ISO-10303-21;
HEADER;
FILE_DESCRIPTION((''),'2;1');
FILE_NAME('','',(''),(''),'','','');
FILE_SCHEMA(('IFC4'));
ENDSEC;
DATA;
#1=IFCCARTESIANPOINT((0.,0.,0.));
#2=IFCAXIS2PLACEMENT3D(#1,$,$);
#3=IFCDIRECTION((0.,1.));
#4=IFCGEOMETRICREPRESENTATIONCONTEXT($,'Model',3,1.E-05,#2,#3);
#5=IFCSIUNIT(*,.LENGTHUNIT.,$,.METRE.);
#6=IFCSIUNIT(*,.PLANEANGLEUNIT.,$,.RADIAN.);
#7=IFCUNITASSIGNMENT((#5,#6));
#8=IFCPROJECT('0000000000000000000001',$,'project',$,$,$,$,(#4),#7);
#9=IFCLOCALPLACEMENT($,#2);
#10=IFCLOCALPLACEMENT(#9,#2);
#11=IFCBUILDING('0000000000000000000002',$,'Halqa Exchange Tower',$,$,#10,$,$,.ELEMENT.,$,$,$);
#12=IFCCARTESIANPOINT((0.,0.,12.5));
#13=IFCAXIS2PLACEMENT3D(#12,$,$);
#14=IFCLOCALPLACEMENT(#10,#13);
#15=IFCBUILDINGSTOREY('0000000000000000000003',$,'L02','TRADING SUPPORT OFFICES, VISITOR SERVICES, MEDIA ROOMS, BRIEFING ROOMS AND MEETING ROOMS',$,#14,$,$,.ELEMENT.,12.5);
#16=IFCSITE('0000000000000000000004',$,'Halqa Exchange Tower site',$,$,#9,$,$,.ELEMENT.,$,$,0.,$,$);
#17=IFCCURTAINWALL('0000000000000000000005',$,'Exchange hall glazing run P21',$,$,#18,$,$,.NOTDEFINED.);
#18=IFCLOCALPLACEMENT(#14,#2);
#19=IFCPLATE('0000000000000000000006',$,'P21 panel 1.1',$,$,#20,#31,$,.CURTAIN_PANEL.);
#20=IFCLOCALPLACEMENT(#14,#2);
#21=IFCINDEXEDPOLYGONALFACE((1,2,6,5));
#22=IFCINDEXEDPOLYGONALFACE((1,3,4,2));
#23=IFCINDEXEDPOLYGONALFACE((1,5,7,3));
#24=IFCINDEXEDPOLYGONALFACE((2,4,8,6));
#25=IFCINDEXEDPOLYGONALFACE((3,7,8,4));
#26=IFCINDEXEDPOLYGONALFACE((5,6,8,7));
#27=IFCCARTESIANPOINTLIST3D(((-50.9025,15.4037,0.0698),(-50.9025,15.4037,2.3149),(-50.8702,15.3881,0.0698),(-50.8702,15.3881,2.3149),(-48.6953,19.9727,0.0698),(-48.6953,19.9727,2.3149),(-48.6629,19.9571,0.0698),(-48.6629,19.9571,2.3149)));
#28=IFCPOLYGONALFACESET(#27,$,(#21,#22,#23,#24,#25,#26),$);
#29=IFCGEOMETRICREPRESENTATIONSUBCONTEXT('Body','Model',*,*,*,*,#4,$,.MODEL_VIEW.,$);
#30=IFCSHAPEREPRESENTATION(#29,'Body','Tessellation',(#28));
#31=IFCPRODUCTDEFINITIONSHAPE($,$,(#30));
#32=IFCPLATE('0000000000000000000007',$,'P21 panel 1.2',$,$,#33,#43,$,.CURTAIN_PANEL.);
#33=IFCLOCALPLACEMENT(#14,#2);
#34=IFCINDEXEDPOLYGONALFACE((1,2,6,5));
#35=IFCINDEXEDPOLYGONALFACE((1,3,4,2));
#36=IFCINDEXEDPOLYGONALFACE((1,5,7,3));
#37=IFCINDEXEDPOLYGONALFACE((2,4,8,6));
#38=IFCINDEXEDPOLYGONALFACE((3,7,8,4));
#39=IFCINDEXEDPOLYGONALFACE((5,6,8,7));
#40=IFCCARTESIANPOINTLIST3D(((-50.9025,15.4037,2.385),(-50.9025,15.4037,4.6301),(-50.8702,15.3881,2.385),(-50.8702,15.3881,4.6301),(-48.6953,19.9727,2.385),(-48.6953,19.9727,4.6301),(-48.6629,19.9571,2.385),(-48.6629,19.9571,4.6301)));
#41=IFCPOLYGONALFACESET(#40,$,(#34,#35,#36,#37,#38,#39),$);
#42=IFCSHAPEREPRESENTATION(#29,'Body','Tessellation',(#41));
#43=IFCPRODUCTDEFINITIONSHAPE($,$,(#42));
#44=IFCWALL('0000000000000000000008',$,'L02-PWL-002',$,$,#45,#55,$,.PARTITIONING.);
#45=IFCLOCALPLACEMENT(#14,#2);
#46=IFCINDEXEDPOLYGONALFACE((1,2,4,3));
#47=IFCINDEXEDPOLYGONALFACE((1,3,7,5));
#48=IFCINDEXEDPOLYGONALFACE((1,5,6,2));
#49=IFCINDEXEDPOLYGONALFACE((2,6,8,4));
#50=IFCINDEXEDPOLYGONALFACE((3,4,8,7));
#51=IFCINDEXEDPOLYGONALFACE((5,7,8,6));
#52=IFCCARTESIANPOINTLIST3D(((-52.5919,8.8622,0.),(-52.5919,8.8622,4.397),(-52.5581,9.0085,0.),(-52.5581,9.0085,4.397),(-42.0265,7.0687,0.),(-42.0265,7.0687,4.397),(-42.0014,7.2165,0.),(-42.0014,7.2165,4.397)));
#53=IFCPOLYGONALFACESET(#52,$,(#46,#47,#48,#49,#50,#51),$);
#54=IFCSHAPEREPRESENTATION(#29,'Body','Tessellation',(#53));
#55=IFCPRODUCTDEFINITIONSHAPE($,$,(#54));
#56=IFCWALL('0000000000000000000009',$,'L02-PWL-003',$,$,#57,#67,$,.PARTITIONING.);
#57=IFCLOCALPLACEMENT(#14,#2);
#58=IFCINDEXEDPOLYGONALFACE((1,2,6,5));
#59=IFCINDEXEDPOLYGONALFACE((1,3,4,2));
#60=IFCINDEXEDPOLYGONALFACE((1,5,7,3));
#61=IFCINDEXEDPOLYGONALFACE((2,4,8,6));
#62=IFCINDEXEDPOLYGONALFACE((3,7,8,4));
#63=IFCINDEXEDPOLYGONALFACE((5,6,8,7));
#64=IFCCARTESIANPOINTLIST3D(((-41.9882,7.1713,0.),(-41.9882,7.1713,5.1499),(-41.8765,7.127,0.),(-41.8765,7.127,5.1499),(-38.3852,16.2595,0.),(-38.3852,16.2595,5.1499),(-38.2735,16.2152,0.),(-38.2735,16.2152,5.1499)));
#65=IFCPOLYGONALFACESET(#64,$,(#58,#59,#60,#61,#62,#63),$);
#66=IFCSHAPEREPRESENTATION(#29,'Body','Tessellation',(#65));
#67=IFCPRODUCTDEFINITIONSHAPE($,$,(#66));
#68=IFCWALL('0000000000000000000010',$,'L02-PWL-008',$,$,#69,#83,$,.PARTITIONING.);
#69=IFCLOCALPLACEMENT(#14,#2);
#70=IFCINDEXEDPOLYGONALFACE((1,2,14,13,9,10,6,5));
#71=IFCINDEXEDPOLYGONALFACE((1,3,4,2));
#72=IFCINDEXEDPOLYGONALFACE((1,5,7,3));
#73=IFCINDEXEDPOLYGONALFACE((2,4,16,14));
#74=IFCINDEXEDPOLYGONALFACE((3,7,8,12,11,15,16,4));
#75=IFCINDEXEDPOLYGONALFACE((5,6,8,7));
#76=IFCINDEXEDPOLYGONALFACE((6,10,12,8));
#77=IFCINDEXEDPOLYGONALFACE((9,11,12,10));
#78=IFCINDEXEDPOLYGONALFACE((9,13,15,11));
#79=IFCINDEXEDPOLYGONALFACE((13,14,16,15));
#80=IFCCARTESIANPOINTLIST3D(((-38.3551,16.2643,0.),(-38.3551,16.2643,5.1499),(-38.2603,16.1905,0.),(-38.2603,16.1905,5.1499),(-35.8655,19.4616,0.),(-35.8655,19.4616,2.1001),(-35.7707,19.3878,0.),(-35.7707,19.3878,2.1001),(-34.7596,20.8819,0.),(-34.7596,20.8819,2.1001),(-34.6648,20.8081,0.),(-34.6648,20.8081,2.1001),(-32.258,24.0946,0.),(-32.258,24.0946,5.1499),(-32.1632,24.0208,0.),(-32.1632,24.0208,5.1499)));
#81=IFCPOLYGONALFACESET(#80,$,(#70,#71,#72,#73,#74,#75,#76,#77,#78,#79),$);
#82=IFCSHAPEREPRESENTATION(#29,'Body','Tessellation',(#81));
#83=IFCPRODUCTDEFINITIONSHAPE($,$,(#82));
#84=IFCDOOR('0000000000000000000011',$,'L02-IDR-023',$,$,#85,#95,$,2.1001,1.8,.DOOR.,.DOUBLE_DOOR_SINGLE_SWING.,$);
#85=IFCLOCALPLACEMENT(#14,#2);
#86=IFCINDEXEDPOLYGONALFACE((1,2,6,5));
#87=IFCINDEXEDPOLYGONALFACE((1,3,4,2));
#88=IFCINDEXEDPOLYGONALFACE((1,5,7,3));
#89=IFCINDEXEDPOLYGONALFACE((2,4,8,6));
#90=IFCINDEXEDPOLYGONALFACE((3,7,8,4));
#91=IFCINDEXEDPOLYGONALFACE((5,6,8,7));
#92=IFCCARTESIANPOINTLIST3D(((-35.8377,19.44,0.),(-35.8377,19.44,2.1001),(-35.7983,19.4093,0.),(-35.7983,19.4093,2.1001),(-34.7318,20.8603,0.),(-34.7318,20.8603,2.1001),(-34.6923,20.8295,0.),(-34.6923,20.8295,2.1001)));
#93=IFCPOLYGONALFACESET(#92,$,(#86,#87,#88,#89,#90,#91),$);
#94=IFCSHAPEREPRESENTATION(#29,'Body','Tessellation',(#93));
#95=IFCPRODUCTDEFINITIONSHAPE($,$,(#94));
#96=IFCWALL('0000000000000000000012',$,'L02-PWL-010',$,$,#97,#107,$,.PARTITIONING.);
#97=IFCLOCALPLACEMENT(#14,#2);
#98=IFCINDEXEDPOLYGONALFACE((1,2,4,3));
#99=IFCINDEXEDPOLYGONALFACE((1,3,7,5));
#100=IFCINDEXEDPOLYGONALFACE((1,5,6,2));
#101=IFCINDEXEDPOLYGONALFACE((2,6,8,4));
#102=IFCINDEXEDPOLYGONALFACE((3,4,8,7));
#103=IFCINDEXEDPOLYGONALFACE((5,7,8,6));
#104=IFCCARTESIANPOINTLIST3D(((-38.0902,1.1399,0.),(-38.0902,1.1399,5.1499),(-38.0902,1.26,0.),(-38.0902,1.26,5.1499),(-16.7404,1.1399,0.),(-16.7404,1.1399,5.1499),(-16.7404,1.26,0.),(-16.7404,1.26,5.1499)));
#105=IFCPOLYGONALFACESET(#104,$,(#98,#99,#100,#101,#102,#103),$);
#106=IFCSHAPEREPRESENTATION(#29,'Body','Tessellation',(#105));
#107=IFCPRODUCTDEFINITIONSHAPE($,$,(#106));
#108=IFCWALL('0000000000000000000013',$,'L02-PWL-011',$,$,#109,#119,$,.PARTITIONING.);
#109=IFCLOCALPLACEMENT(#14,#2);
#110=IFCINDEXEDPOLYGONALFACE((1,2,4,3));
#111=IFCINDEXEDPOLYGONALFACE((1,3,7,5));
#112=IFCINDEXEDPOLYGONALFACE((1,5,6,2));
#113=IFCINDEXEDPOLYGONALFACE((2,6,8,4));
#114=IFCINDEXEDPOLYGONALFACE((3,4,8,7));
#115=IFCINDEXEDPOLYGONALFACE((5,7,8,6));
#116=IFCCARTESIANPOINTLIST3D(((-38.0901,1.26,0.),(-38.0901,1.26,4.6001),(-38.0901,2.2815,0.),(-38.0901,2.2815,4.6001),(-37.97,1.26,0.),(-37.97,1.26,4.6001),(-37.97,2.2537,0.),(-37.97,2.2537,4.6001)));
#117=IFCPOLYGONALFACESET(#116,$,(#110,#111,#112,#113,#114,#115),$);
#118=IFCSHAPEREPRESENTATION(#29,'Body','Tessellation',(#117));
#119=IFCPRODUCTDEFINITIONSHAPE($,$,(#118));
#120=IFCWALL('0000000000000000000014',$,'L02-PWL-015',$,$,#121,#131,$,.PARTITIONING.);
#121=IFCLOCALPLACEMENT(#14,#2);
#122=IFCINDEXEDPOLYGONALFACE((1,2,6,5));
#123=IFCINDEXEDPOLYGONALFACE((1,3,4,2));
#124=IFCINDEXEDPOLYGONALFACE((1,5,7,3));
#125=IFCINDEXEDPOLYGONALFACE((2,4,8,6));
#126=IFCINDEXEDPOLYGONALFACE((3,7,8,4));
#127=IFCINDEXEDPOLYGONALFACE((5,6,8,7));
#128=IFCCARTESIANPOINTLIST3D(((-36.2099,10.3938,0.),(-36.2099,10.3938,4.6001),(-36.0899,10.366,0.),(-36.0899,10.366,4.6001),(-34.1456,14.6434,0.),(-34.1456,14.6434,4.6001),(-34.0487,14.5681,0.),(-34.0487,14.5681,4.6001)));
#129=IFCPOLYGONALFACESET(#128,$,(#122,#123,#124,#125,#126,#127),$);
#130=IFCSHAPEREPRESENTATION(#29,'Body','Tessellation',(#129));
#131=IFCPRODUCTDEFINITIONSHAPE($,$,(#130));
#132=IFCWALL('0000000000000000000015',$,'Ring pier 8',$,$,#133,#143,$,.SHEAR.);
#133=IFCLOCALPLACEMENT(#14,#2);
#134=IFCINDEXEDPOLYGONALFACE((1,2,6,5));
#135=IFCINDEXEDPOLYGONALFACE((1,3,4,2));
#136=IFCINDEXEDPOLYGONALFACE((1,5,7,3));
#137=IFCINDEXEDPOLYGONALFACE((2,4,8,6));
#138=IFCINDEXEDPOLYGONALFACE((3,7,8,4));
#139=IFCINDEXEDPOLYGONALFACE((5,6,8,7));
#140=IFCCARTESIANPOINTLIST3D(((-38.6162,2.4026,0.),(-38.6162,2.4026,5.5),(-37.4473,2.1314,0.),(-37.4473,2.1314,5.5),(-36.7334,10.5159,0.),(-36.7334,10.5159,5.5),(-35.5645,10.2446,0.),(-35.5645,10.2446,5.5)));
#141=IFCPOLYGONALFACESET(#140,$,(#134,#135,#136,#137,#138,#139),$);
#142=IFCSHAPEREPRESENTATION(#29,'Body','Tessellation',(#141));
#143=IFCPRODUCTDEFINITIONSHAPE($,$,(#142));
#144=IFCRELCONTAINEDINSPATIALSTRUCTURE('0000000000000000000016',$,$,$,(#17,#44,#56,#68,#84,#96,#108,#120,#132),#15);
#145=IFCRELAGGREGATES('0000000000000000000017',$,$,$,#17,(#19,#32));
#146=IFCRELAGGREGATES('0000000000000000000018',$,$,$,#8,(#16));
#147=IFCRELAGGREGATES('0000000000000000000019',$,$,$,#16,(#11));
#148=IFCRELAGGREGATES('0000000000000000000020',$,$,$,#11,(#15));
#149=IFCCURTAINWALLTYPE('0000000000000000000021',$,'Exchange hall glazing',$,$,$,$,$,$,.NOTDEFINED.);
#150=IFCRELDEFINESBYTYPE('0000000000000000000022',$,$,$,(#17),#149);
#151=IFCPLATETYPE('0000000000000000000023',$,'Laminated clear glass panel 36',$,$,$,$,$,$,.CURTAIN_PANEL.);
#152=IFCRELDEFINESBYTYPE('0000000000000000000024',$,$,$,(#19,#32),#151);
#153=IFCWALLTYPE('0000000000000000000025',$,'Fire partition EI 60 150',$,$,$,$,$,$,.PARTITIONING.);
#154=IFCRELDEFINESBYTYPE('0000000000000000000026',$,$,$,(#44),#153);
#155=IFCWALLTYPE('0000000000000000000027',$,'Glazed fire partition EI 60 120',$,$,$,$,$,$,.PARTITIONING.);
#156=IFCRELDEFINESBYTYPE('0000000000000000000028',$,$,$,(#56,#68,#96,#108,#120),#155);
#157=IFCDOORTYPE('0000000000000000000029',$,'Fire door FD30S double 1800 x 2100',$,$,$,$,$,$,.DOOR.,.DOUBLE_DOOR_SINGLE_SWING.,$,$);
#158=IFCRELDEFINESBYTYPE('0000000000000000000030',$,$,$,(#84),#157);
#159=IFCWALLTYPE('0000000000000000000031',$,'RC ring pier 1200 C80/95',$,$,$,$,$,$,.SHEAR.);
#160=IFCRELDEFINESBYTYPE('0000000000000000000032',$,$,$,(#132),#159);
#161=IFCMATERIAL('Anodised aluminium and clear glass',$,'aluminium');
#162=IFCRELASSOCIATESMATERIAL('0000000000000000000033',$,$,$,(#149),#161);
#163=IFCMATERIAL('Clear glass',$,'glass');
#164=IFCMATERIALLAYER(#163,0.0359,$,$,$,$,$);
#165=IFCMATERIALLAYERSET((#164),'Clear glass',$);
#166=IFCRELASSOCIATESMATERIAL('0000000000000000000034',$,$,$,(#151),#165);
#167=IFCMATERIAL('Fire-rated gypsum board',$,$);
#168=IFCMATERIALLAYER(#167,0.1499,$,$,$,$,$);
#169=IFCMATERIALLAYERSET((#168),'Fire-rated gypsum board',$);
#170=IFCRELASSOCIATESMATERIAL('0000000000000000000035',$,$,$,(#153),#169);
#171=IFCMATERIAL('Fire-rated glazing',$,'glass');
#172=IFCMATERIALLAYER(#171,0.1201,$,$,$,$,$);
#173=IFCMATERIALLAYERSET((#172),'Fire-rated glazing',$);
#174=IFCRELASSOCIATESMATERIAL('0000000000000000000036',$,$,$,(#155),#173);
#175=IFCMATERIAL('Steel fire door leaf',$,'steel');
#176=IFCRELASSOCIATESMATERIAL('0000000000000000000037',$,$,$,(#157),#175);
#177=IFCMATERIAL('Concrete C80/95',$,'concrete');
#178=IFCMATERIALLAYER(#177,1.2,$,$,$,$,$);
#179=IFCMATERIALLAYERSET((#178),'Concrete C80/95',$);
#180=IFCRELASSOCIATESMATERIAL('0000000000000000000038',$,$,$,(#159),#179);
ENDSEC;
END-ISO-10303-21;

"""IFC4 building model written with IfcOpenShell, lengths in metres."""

from ifc_helpers import new_model, si_unit, direction, frame, frame_2d, origin, origin_2d, place, context, subcontext, project, spatial, polyline, rectangle, outline, extrude, material, layer, layer_set, type_object, element, fill, aggregate, save


model = new_model("IFC4")

# Units and contexts
model_context = context("Model", 3, precision=1e-05, world=origin(), true_north=direction((0.0, 1.0)))
body_context = subcontext(model_context, "Body", "Model", "MODEL_VIEW")
ifc_project = project(units=[si_unit("LENGTHUNIT", "METRE"), si_unit("PLANEANGLEUNIT", "RADIAN")], contexts=[model_context])

# Site, building, storey
site_placement = place(None, origin())
site = spatial("IfcSite", under=ifc_project, at=site_placement, Name="Halqa Exchange Tower site", CompositionType="ELEMENT", RefElevation=0.0)
building_placement = place(site_placement, origin())
building = spatial("IfcBuilding", under=site, at=building_placement, Name="Halqa Exchange Tower", CompositionType="ELEMENT")
storey_placement = place(building_placement, frame((0.0, 0.0, 12.5)))
storey = spatial("IfcBuildingStorey", under=building, at=storey_placement, Name="L02", Description="TRADING SUPPORT OFFICES, VISITOR SERVICES, MEDIA ROOMS, BRIEFING ROOMS AND MEETING ROOMS", CompositionType="ELEMENT", Elevation=12.5)

# Curtain wall
ifc_material_1 = material(Name="Anodised aluminium and clear glass", Category="aluminium")
curtain_wall_type = type_object("IfcCurtainWallType", Name="Exchange hall glazing", PredefinedType="NOTDEFINED", material=ifc_material_1)
curtain_wall_placement = place(storey_placement, origin())
curtain_wall = element("IfcCurtainWall", 1, at=curtain_wall_placement, inside=storey, type_object=curtain_wall_type, Name="Exchange hall glazing run P21", PredefinedType="NOTDEFINED")

# Plates
ifc_material_2 = material(Name="Clear glass", Category="glass")
ifc_layer_1 = layer(ifc_material_2, 0.0359)
ifc_layer_set_1 = layer_set([ifc_layer_1], Name="Clear glass")
plate_type = type_object("IfcPlateType", Name="Laminated clear glass panel 36", PredefinedType="CURTAIN_PANEL", material=ifc_layer_set_1)
plate_1_placement = place(storey_placement, frame((-49.7827, 17.6804, 0.0698), z_axis=(0.0, 0.0, 1.0), x_axis=(-0.43499, -0.900435, 0.0)))
plate_1 = element("IfcPlate", 2, at=plate_1_placement, type_object=plate_type, Name="P21 panel 1.1", PredefinedType="CURTAIN_PANEL", context=body_context, shape_type="SweptSolid", body=[
    extrude(rectangle(XDim=5.0742, YDim=0.0359, at=origin_2d()), origin(), (0.0, 0.0, 1.0), 2.2451),
])
plate_2_placement = place(storey_placement, frame((-49.7827, 17.6804, 2.385), z_axis=(0.0, 0.0, 1.0), x_axis=(-0.43499, -0.900435, 0.0)))
plate_2 = element("IfcPlate", 3, at=plate_2_placement, type_object=plate_type, Name="P21 panel 1.2", PredefinedType="CURTAIN_PANEL", context=body_context, shape_type="SweptSolid", body=[
    extrude(rectangle(XDim=5.0742, YDim=0.0359, at=origin_2d()), origin(), (0.0, 0.0, 1.0), 2.2451),
])
aggregate(curtain_wall, [plate_1, plate_2])

# Walls
ifc_material_3 = material(Name="Fire-rated gypsum board")
ifc_layer_2 = layer(ifc_material_3, 0.1499)
ifc_layer_set_2 = layer_set([ifc_layer_2], Name="Fire-rated gypsum board")
wall_type_1 = type_object("IfcWallType", Name="Fire partition EI 60 150", PredefinedType="PARTITIONING", material=ifc_layer_set_2)
wall_1_placement = place(storey_placement, frame((-42.0139, 7.1426, 0.0), z_axis=(0.0, 0.0, 1.0), x_axis=(-0.985897, 0.167355, 0.0)))
element("IfcWall", 4, at=wall_1_placement, inside=storey, type_object=wall_type_1, Name="L02-PWL-002", PredefinedType="PARTITIONING", context=body_context, shape_type="SweptSolid", body=[
    extrude(outline(polyline([(0.0, -0.075), (10.7078, -0.075), (10.7166, 0.075), (0.0, 0.075), (0.0, -0.075)])), origin(), (0.0, 0.0, 1.0), 4.397),
])
ifc_material_4 = material(Name="Fire-rated glazing", Category="glass")
ifc_layer_3 = layer(ifc_material_4, 0.1201)
ifc_layer_set_3 = layer_set([ifc_layer_3], Name="Fire-rated glazing")
wall_type_2 = type_object("IfcWallType", Name="Glazed fire partition EI 60 120", PredefinedType="PARTITIONING", material=ifc_layer_set_3)
wall_2_placement = place(storey_placement, frame((-41.9324, 7.1492, 0.0), z_axis=(0.0, 0.0, 1.0), x_axis=(0.368547, 0.929609, 0.0)))
element("IfcWall", 5, at=wall_2_placement, inside=storey, type_object=wall_type_2, Name="L02-PWL-003", PredefinedType="PARTITIONING", context=body_context, shape_type="SweptSolid", body=[
    extrude(rectangle(XDim=9.7764, YDim=0.1201, at=frame_2d((4.8882, 0.0))), origin(), (0.0, 0.0, 1.0), 5.1499),
])

# Wall, opening, door
wall_3_placement = place(storey_placement, frame((-38.3076, 16.2275, 0.0), z_axis=(0.0, 0.0, 1.0), x_axis=(0.614375, 0.789014, 0.0)))
wall_3 = element("IfcWall", 6, at=wall_3_placement, inside=storey, type_object=wall_type_2, Name="L02-PWL-008", PredefinedType="PARTITIONING", context=body_context, shape_type="SweptSolid", body=[
    extrude(rectangle(XDim=9.9241, YDim=0.1201, at=frame_2d((4.9619, 0.0))), origin(), (0.0, 0.0, 1.0), 5.1499),
])
opening_placement = place(wall_3_placement, frame((4.0522, 0.0, 0.0)))
opening = element("IfcOpeningElement", 7, at=opening_placement, cuts=wall_3, PredefinedType="OPENING", context=body_context, shape_type="SweptSolid", body=[
    extrude(rectangle(XDim=1.8, YDim=2.1001, at=frame_2d((0.8999, 1.05))), frame((0.0, 0.072, 0.0), z_axis=(0.0, -1.0, 0.0), x_axis=(1.0, 0.0, 0.0)), (0.0, 0.0, 1.0), 0.144),
])
ifc_material_5 = material(Name="Steel fire door leaf", Category="steel")
door_type = type_object("IfcDoorType", Name="Fire door FD30S double 1800 x 2100", OperationType="DOUBLE_DOOR_SINGLE_SWING", PredefinedType="DOOR", material=ifc_material_5)
door_placement = place(opening_placement, origin())
door = element("IfcDoor", 8, at=door_placement, inside=storey, type_object=door_type, Name="L02-IDR-023", OperationType="DOUBLE_DOOR_SINGLE_SWING", OverallHeight=2.1001, OverallWidth=1.8, PredefinedType="DOOR", context=body_context, shape_type="SweptSolid", body=[
    extrude(rectangle(XDim=1.8, YDim=2.1001, at=frame_2d((0.8999, 1.05))), frame((0.0, 0.0249, 0.0), z_axis=(0.0, -1.0, 0.0), x_axis=(1.0, 0.0, 0.0)), (0.0, 0.0, 1.0), 0.05),
])
fill(opening, door)

# Walls
wall_4_placement = place(storey_placement, frame((-38.0901, 1.2, 0.0), z_axis=(0.0, 0.0, 1.0), x_axis=(1.0, 0.0, 0.0)))
element("IfcWall", 9, at=wall_4_placement, inside=storey, type_object=wall_type_2, Name="L02-PWL-010", PredefinedType="PARTITIONING", context=body_context, shape_type="SweptSolid", body=[
    extrude(rectangle(XDim=21.3499, YDim=0.1201, at=frame_2d((10.6748, 0.0))), origin(), (0.0, 0.0, 1.0), 5.1499),
])
wall_5_placement = place(storey_placement, frame((-38.03, 2.2676, 0.0), z_axis=(0.0, 0.0, 1.0), x_axis=(0.0, -1.0, 0.0)))
element("IfcWall", 10, at=wall_5_placement, inside=storey, type_object=wall_type_2, Name="L02-PWL-011", PredefinedType="PARTITIONING", context=body_context, shape_type="SweptSolid", body=[
    extrude(outline(polyline([(-0.0139, -0.0601), (1.0076, -0.0601), (1.0076, 0.0601), (0.0139, 0.0601), (-0.0139, -0.0601)])), origin(), (0.0, 0.0, 1.0), 4.6001),
])
wall_6_placement = place(storey_placement, frame((-34.0972, 14.6057, 0.0), z_axis=(0.0, 0.0, 1.0), x_axis=(-0.436936, -0.899492, 0.0)))
element("IfcWall", 11, at=wall_6_placement, inside=storey, type_object=wall_type_2, Name="L02-PWL-015", PredefinedType="PARTITIONING", context=body_context, shape_type="SweptSolid", body=[
    extrude(outline(polyline([(-0.0127, -0.0601), (4.7117, -0.0601), (4.6843, 0.0601), (0.0127, 0.0601), (-0.0127, -0.0601)])), origin(), (0.0, 0.0, 1.0), 4.6001),
])
ifc_material_6 = material(Name="Concrete C80/95", Category="concrete")
ifc_layer_4 = layer(ifc_material_6, 1.2)
ifc_layer_set_4 = layer_set([ifc_layer_4], Name="Concrete C80/95")
wall_type_3 = type_object("IfcWallType", Name="RC ring pier 1200 C80/95", PredefinedType="SHEAR", material=ifc_layer_set_4)
wall_7_placement = place(storey_placement, frame((-36.1489, 10.3804, 0.0), z_axis=(0.0, 0.0, 1.0), x_axis=(-0.226058, -0.974114, 0.0)))
element("IfcWall", 12, at=wall_7_placement, inside=storey, type_object=wall_type_3, Name="Ring pier 8", PredefinedType="SHEAR", context=body_context, shape_type="SweptSolid", body=[
    extrude(rectangle(XDim=8.3289, YDim=1.2, at=frame_2d((4.1646, 0.0))), origin(), (0.0, 0.0, 1.0), 5.5),
])

save(model, "model.ifc")
